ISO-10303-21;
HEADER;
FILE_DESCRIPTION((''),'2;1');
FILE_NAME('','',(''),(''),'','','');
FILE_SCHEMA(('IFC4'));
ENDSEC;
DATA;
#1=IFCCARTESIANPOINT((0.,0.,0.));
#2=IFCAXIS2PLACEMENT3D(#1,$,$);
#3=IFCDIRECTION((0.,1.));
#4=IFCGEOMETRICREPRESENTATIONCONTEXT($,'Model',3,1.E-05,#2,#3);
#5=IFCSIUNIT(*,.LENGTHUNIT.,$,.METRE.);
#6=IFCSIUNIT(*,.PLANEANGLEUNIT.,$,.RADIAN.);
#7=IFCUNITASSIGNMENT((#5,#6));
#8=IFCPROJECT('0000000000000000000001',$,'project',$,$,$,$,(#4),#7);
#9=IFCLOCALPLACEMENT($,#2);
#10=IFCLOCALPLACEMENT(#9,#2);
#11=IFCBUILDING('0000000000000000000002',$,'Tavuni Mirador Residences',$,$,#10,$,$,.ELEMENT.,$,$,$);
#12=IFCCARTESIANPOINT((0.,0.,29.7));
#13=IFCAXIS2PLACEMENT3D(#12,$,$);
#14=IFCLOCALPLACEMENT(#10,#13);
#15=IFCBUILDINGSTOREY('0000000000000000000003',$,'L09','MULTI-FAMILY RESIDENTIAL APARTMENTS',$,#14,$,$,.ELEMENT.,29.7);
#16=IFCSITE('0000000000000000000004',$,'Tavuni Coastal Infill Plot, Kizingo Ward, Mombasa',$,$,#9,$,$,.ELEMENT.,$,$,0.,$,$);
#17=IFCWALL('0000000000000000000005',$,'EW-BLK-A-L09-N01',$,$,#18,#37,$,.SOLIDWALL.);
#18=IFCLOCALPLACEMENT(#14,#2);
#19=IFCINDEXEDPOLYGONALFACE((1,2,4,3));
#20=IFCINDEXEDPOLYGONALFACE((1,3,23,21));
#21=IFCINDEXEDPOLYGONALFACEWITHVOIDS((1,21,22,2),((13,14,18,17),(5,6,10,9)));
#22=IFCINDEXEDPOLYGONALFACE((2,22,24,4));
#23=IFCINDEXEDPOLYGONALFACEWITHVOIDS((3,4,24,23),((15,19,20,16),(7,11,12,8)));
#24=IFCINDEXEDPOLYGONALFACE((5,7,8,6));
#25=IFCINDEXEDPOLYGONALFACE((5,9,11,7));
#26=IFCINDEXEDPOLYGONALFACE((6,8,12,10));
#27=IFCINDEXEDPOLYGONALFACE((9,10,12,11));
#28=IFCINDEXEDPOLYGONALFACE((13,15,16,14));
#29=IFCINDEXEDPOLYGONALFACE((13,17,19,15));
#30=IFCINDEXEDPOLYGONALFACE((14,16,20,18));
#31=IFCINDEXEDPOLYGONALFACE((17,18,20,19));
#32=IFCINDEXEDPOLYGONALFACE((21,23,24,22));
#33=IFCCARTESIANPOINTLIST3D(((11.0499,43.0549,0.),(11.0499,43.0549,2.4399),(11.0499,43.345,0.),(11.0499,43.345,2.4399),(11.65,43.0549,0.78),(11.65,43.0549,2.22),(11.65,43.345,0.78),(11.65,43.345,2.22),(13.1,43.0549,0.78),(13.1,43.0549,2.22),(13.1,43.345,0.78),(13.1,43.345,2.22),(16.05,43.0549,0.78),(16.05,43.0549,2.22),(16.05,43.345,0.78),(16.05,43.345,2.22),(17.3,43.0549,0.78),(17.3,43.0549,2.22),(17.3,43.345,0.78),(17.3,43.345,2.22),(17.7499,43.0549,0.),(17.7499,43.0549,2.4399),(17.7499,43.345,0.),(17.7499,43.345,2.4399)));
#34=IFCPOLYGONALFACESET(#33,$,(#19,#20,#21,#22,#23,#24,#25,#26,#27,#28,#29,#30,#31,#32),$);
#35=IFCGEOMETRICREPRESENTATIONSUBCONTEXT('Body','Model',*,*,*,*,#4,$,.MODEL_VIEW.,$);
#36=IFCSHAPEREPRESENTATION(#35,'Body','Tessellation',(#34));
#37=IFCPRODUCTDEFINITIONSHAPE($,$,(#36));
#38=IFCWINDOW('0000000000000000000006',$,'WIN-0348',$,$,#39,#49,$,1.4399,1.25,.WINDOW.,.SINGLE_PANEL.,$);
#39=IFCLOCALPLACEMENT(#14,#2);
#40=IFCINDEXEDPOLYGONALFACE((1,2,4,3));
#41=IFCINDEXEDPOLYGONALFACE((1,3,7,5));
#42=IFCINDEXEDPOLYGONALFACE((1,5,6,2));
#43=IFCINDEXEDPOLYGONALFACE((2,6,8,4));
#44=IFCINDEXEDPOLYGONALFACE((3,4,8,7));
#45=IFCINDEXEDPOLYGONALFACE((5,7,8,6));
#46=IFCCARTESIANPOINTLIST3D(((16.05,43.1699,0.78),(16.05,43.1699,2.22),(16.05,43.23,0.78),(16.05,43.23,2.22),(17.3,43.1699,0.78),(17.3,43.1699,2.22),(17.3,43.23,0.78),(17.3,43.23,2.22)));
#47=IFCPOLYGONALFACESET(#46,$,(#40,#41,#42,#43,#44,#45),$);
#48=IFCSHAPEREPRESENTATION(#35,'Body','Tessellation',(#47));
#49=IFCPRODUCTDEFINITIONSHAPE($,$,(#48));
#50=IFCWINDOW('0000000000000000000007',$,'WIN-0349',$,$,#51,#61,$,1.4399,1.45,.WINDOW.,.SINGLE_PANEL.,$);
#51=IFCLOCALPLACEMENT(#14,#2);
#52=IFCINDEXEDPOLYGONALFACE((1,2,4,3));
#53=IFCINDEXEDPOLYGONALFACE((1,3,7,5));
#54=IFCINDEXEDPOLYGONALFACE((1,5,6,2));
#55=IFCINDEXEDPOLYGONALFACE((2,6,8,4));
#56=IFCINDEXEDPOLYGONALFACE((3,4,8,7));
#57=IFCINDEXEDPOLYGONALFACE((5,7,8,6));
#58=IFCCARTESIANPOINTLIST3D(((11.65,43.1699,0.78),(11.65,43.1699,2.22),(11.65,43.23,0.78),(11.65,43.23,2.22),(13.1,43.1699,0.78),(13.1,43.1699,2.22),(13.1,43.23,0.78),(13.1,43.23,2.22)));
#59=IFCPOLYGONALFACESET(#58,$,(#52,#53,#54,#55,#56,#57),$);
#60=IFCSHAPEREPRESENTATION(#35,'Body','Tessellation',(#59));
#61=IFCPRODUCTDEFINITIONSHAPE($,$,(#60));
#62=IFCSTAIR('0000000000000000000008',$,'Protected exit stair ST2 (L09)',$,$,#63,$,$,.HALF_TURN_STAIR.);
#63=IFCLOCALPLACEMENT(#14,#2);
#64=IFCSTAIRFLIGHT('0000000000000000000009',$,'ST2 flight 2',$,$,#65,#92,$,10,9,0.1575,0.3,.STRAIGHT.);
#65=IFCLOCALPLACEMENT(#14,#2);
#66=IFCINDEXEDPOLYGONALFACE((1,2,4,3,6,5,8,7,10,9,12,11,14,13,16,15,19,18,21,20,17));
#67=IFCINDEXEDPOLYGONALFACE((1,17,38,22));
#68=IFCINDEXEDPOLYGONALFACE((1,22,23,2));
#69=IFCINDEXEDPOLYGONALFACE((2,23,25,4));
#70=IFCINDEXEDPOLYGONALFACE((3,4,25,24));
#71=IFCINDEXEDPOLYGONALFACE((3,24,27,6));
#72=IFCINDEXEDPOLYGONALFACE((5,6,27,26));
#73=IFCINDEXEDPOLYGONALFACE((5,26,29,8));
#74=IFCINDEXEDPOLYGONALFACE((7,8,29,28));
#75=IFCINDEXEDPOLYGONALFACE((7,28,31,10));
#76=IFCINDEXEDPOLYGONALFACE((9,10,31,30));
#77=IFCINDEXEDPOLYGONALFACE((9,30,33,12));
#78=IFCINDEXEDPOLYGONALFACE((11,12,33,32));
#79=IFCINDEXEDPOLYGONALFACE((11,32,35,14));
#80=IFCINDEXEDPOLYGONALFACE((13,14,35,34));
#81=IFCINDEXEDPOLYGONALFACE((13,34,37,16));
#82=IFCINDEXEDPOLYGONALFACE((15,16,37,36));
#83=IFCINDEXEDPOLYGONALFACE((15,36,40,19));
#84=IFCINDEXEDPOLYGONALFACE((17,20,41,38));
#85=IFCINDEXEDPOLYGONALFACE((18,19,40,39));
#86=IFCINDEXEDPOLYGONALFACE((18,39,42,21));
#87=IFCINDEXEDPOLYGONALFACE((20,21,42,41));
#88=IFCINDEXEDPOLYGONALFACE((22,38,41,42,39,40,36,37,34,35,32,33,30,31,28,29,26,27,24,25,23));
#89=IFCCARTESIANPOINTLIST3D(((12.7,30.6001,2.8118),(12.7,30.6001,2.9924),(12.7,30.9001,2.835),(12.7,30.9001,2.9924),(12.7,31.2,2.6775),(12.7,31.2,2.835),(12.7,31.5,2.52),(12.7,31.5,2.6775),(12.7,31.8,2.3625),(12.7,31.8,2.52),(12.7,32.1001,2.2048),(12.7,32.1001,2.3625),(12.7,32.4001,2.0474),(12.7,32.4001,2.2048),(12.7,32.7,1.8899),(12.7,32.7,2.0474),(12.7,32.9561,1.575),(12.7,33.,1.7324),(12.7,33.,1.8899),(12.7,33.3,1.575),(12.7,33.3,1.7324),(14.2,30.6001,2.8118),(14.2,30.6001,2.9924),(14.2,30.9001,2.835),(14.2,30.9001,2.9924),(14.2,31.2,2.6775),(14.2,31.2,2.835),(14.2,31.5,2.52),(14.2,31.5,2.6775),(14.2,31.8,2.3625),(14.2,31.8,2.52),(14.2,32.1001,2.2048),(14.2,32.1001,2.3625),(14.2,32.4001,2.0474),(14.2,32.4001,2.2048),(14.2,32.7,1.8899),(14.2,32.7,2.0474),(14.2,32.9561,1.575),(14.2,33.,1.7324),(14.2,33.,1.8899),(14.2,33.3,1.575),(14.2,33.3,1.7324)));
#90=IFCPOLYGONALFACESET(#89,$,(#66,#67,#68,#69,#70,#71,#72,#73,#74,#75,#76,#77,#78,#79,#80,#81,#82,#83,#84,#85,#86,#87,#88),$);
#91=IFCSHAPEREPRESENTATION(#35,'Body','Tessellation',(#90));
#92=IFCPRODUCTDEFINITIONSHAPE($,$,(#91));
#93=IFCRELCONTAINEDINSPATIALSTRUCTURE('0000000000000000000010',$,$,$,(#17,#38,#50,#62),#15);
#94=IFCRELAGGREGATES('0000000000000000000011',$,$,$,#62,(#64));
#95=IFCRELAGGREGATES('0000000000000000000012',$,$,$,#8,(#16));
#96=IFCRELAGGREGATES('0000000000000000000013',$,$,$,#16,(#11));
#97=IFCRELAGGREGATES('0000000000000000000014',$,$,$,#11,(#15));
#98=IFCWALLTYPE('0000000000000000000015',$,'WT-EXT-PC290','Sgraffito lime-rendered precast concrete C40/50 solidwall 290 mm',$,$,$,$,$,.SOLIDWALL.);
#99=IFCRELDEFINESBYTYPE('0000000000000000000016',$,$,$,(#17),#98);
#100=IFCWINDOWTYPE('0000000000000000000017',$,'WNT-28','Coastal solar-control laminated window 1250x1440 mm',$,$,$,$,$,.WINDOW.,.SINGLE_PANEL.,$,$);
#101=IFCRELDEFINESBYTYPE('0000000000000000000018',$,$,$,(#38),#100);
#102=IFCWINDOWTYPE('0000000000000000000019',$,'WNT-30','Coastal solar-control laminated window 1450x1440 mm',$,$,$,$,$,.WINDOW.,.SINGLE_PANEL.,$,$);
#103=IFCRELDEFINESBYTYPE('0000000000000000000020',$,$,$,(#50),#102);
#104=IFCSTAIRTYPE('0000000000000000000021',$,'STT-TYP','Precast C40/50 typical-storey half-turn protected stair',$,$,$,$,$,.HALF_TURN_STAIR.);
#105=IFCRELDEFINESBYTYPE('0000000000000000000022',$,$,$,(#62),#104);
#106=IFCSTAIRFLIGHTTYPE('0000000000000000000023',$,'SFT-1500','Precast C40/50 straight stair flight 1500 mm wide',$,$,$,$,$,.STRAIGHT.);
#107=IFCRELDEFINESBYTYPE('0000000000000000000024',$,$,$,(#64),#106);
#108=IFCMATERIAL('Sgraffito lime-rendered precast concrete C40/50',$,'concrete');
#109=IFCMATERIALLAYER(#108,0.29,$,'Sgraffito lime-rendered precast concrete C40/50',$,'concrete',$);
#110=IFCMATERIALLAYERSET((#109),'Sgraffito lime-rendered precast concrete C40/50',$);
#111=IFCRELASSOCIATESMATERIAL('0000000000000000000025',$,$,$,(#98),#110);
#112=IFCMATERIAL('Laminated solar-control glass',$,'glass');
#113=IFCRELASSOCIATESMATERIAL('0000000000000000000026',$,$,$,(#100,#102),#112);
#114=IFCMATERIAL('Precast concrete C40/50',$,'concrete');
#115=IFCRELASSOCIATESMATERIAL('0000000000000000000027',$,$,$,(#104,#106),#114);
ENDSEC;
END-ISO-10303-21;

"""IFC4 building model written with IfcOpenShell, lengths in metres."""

from ifc_helpers import new_model, si_unit, direction, frame, frame_2d, origin, place, context, subcontext, project, spatial, polyline, rectangle, outline, extrude, material, layer, layer_set, type_object, element, fill, aggregate, save


model = new_model("IFC4")

# Units and contexts
model_context = context("Model", 3, precision=1e-05, world=origin(), true_north=direction((0.0, 1.0)))
body_context = subcontext(model_context, "Body", "Model", "MODEL_VIEW")
ifc_project = project(units=[si_unit("LENGTHUNIT", "METRE"), si_unit("PLANEANGLEUNIT", "RADIAN")], contexts=[model_context])

# Site, building, storey
site_placement = place(None, origin())
site = spatial("IfcSite", under=ifc_project, at=site_placement, Name="Tavuni Coastal Infill Plot, Kizingo Ward, Mombasa", CompositionType="ELEMENT", RefElevation=0.0)
building_placement = place(site_placement, origin())
building = spatial("IfcBuilding", under=site, at=building_placement, Name="Tavuni Mirador Residences", CompositionType="ELEMENT")
storey_placement = place(building_placement, frame((0.0, 0.0, 29.7)))
storey = spatial("IfcBuildingStorey", under=building, at=storey_placement, Name="L09", Description="MULTI-FAMILY RESIDENTIAL APARTMENTS", CompositionType="ELEMENT", Elevation=29.7)

# Shared definitions
ifc_material_1 = material(Name="Precast concrete C40/50", Category="concrete")

# Wall, openings, windows
ifc_material_2 = material(Name="Sgraffito lime-rendered precast concrete C40/50", Category="concrete")
ifc_layer_1 = layer(ifc_material_2, 0.29, Name="Sgraffito lime-rendered precast concrete C40/50", Category="concrete")
ifc_layer_set_1 = layer_set([ifc_layer_1], Name="Sgraffito lime-rendered precast concrete C40/50")
wall_type_1 = type_object("IfcWallType", Name="WT-EXT-PC290", Description="Sgraffito lime-rendered precast concrete C40/50 solidwall 290 mm", PredefinedType="SOLIDWALL", material=ifc_layer_set_1)
wall_1_placement = place(storey_placement, frame((17.75, 43.2, 0.0), z_axis=(0.0, 0.0, 1.0), x_axis=(-1.0, 0.0, 0.0)))
wall_1 = element("IfcWall", 1, at=wall_1_placement, inside=storey, type_object=wall_type_1, Name="EW-BLK-A-L09-N01", PredefinedType="SOLIDWALL", context=body_context, shape_type="SweptSolid", body=[
    extrude(rectangle(XDim=6.7, YDim=0.29, at=frame_2d((3.3501, 0.0))), origin(), (0.0, 0.0, 1.0), 2.4399),
])
opening_1_placement = place(wall_1_placement, frame((0.45, 0.0, 0.78)))
opening_1 = element("IfcOpeningElement", 2, at=opening_1_placement, cuts=wall_1, PredefinedType="OPENING", context=body_context, shape_type="SweptSolid", body=[
    extrude(rectangle(XDim=1.25, YDim=1.4399, at=frame_2d((0.625, 0.72))), frame((0.0, 0.155, 0.0), z_axis=(0.0, -1.0, 0.0), x_axis=(1.0, 0.0, 0.0)), (0.0, 0.0, 1.0), 0.3101),
])
opening_2_placement = place(wall_1_placement, frame((4.6499, 0.0, 0.78)))
opening_2 = element("IfcOpeningElement", 3, at=opening_2_placement, cuts=wall_1, PredefinedType="OPENING", context=body_context, shape_type="SweptSolid", body=[
    extrude(rectangle(XDim=1.45, YDim=1.4399, at=frame_2d((0.7251, 0.72))), frame((0.0, 0.155, 0.0), z_axis=(0.0, -1.0, 0.0), x_axis=(1.0, 0.0, 0.0)), (0.0, 0.0, 1.0), 0.3101),
])
ifc_material_3 = material(Name="Laminated solar-control glass", Category="glass")
window_type_1 = type_object("IfcWindowType", Name="WNT-28", Description="Coastal solar-control laminated window 1250x1440 mm", PartitioningType="SINGLE_PANEL", PredefinedType="WINDOW", material=ifc_material_3)
window_1_placement = place(opening_1_placement, origin())
window_1 = element("IfcWindow", 4, at=window_1_placement, inside=storey, type_object=window_type_1, Name="WIN-0348", OverallHeight=1.4399, OverallWidth=1.25, PartitioningType="SINGLE_PANEL", PredefinedType="WINDOW", context=body_context, shape_type="SweptSolid", body=[
    extrude(rectangle(XDim=1.25, YDim=1.4399, at=frame_2d((0.625, 0.72))), frame((0.0, 0.03, 0.0), z_axis=(0.0, -1.0, 0.0), x_axis=(1.0, 0.0, 0.0)), (0.0, 0.0, 1.0), 0.0601),
])
fill(opening_1, window_1)
window_type_2 = type_object("IfcWindowType", Name="WNT-30", Description="Coastal solar-control laminated window 1450x1440 mm", PartitioningType="SINGLE_PANEL", PredefinedType="WINDOW", material=ifc_material_3)
window_2_placement = place(opening_2_placement, origin())
window_2 = element("IfcWindow", 5, at=window_2_placement, inside=storey, type_object=window_type_2, Name="WIN-0349", OverallHeight=1.4399, OverallWidth=1.45, PartitioningType="SINGLE_PANEL", PredefinedType="WINDOW", context=body_context, shape_type="SweptSolid", body=[
    extrude(rectangle(XDim=1.45, YDim=1.4399, at=frame_2d((0.7251, 0.72))), frame((0.0, 0.03, 0.0), z_axis=(0.0, -1.0, 0.0), x_axis=(1.0, 0.0, 0.0)), (0.0, 0.0, 1.0), 0.0601),
])
fill(opening_2, window_2)

# Stair, stair flight
stair_type = type_object("IfcStairType", Name="STT-TYP", Description="Precast C40/50 typical-storey half-turn protected stair", PredefinedType="HALF_TURN_STAIR", material=ifc_material_1)
stair_placement = place(storey_placement, origin())
stair = element("IfcStair", 6, at=stair_placement, inside=storey, type_object=stair_type, Name="Protected exit stair ST2 (L09)", PredefinedType="HALF_TURN_STAIR")
stair_flight_type = type_object("IfcStairFlightType", Name="SFT-1500", Description="Precast C40/50 straight stair flight 1500 mm wide", PredefinedType="STRAIGHT", material=ifc_material_1)
stair_flight_placement = place(storey_placement, frame((13.45, 33.3, 1.575), z_axis=(0.0, 0.0, 1.0), x_axis=(0.0, -1.0, 0.0)))
stair_flight = element("IfcStairFlight", 7, at=stair_flight_placement, type_object=stair_flight_type, Name="ST2 flight 2", NumberOfRisers=10, NumberOfTreads=9, PredefinedType="STRAIGHT", RiserHeight=0.1575, TreadLength=0.3, context=body_context, shape_type="SweptSolid", body=[
    extrude(outline(polyline([(0.0, 0.0), (0.0, 0.1575), (0.3, 0.1575), (0.3, 0.3149), (0.6001, 0.3149), (0.6001, 0.4724), (0.8999, 0.4724), (0.8999, 0.6299), (1.2, 0.6299), (1.2, 0.7876), (1.5, 0.7876), (1.5, 0.9451), (1.8, 0.9451), (1.8, 1.1025), (2.1001, 1.1025), (2.1001, 1.26), (2.3999, 1.26), (2.3999, 1.4175), (2.7, 1.4175), (2.7, 1.575), (2.7, 1.2368), (0.344, 0.0), (0.0, 0.0)])), frame((0.0, 0.75, 0.0), z_axis=(0.0, -1.0, 0.0), x_axis=(1.0, 0.0, 0.0)), (0.0, 0.0, 1.0), 1.5),
])
aggregate(stair, [stair_flight])

save(model, "model.ifc")
